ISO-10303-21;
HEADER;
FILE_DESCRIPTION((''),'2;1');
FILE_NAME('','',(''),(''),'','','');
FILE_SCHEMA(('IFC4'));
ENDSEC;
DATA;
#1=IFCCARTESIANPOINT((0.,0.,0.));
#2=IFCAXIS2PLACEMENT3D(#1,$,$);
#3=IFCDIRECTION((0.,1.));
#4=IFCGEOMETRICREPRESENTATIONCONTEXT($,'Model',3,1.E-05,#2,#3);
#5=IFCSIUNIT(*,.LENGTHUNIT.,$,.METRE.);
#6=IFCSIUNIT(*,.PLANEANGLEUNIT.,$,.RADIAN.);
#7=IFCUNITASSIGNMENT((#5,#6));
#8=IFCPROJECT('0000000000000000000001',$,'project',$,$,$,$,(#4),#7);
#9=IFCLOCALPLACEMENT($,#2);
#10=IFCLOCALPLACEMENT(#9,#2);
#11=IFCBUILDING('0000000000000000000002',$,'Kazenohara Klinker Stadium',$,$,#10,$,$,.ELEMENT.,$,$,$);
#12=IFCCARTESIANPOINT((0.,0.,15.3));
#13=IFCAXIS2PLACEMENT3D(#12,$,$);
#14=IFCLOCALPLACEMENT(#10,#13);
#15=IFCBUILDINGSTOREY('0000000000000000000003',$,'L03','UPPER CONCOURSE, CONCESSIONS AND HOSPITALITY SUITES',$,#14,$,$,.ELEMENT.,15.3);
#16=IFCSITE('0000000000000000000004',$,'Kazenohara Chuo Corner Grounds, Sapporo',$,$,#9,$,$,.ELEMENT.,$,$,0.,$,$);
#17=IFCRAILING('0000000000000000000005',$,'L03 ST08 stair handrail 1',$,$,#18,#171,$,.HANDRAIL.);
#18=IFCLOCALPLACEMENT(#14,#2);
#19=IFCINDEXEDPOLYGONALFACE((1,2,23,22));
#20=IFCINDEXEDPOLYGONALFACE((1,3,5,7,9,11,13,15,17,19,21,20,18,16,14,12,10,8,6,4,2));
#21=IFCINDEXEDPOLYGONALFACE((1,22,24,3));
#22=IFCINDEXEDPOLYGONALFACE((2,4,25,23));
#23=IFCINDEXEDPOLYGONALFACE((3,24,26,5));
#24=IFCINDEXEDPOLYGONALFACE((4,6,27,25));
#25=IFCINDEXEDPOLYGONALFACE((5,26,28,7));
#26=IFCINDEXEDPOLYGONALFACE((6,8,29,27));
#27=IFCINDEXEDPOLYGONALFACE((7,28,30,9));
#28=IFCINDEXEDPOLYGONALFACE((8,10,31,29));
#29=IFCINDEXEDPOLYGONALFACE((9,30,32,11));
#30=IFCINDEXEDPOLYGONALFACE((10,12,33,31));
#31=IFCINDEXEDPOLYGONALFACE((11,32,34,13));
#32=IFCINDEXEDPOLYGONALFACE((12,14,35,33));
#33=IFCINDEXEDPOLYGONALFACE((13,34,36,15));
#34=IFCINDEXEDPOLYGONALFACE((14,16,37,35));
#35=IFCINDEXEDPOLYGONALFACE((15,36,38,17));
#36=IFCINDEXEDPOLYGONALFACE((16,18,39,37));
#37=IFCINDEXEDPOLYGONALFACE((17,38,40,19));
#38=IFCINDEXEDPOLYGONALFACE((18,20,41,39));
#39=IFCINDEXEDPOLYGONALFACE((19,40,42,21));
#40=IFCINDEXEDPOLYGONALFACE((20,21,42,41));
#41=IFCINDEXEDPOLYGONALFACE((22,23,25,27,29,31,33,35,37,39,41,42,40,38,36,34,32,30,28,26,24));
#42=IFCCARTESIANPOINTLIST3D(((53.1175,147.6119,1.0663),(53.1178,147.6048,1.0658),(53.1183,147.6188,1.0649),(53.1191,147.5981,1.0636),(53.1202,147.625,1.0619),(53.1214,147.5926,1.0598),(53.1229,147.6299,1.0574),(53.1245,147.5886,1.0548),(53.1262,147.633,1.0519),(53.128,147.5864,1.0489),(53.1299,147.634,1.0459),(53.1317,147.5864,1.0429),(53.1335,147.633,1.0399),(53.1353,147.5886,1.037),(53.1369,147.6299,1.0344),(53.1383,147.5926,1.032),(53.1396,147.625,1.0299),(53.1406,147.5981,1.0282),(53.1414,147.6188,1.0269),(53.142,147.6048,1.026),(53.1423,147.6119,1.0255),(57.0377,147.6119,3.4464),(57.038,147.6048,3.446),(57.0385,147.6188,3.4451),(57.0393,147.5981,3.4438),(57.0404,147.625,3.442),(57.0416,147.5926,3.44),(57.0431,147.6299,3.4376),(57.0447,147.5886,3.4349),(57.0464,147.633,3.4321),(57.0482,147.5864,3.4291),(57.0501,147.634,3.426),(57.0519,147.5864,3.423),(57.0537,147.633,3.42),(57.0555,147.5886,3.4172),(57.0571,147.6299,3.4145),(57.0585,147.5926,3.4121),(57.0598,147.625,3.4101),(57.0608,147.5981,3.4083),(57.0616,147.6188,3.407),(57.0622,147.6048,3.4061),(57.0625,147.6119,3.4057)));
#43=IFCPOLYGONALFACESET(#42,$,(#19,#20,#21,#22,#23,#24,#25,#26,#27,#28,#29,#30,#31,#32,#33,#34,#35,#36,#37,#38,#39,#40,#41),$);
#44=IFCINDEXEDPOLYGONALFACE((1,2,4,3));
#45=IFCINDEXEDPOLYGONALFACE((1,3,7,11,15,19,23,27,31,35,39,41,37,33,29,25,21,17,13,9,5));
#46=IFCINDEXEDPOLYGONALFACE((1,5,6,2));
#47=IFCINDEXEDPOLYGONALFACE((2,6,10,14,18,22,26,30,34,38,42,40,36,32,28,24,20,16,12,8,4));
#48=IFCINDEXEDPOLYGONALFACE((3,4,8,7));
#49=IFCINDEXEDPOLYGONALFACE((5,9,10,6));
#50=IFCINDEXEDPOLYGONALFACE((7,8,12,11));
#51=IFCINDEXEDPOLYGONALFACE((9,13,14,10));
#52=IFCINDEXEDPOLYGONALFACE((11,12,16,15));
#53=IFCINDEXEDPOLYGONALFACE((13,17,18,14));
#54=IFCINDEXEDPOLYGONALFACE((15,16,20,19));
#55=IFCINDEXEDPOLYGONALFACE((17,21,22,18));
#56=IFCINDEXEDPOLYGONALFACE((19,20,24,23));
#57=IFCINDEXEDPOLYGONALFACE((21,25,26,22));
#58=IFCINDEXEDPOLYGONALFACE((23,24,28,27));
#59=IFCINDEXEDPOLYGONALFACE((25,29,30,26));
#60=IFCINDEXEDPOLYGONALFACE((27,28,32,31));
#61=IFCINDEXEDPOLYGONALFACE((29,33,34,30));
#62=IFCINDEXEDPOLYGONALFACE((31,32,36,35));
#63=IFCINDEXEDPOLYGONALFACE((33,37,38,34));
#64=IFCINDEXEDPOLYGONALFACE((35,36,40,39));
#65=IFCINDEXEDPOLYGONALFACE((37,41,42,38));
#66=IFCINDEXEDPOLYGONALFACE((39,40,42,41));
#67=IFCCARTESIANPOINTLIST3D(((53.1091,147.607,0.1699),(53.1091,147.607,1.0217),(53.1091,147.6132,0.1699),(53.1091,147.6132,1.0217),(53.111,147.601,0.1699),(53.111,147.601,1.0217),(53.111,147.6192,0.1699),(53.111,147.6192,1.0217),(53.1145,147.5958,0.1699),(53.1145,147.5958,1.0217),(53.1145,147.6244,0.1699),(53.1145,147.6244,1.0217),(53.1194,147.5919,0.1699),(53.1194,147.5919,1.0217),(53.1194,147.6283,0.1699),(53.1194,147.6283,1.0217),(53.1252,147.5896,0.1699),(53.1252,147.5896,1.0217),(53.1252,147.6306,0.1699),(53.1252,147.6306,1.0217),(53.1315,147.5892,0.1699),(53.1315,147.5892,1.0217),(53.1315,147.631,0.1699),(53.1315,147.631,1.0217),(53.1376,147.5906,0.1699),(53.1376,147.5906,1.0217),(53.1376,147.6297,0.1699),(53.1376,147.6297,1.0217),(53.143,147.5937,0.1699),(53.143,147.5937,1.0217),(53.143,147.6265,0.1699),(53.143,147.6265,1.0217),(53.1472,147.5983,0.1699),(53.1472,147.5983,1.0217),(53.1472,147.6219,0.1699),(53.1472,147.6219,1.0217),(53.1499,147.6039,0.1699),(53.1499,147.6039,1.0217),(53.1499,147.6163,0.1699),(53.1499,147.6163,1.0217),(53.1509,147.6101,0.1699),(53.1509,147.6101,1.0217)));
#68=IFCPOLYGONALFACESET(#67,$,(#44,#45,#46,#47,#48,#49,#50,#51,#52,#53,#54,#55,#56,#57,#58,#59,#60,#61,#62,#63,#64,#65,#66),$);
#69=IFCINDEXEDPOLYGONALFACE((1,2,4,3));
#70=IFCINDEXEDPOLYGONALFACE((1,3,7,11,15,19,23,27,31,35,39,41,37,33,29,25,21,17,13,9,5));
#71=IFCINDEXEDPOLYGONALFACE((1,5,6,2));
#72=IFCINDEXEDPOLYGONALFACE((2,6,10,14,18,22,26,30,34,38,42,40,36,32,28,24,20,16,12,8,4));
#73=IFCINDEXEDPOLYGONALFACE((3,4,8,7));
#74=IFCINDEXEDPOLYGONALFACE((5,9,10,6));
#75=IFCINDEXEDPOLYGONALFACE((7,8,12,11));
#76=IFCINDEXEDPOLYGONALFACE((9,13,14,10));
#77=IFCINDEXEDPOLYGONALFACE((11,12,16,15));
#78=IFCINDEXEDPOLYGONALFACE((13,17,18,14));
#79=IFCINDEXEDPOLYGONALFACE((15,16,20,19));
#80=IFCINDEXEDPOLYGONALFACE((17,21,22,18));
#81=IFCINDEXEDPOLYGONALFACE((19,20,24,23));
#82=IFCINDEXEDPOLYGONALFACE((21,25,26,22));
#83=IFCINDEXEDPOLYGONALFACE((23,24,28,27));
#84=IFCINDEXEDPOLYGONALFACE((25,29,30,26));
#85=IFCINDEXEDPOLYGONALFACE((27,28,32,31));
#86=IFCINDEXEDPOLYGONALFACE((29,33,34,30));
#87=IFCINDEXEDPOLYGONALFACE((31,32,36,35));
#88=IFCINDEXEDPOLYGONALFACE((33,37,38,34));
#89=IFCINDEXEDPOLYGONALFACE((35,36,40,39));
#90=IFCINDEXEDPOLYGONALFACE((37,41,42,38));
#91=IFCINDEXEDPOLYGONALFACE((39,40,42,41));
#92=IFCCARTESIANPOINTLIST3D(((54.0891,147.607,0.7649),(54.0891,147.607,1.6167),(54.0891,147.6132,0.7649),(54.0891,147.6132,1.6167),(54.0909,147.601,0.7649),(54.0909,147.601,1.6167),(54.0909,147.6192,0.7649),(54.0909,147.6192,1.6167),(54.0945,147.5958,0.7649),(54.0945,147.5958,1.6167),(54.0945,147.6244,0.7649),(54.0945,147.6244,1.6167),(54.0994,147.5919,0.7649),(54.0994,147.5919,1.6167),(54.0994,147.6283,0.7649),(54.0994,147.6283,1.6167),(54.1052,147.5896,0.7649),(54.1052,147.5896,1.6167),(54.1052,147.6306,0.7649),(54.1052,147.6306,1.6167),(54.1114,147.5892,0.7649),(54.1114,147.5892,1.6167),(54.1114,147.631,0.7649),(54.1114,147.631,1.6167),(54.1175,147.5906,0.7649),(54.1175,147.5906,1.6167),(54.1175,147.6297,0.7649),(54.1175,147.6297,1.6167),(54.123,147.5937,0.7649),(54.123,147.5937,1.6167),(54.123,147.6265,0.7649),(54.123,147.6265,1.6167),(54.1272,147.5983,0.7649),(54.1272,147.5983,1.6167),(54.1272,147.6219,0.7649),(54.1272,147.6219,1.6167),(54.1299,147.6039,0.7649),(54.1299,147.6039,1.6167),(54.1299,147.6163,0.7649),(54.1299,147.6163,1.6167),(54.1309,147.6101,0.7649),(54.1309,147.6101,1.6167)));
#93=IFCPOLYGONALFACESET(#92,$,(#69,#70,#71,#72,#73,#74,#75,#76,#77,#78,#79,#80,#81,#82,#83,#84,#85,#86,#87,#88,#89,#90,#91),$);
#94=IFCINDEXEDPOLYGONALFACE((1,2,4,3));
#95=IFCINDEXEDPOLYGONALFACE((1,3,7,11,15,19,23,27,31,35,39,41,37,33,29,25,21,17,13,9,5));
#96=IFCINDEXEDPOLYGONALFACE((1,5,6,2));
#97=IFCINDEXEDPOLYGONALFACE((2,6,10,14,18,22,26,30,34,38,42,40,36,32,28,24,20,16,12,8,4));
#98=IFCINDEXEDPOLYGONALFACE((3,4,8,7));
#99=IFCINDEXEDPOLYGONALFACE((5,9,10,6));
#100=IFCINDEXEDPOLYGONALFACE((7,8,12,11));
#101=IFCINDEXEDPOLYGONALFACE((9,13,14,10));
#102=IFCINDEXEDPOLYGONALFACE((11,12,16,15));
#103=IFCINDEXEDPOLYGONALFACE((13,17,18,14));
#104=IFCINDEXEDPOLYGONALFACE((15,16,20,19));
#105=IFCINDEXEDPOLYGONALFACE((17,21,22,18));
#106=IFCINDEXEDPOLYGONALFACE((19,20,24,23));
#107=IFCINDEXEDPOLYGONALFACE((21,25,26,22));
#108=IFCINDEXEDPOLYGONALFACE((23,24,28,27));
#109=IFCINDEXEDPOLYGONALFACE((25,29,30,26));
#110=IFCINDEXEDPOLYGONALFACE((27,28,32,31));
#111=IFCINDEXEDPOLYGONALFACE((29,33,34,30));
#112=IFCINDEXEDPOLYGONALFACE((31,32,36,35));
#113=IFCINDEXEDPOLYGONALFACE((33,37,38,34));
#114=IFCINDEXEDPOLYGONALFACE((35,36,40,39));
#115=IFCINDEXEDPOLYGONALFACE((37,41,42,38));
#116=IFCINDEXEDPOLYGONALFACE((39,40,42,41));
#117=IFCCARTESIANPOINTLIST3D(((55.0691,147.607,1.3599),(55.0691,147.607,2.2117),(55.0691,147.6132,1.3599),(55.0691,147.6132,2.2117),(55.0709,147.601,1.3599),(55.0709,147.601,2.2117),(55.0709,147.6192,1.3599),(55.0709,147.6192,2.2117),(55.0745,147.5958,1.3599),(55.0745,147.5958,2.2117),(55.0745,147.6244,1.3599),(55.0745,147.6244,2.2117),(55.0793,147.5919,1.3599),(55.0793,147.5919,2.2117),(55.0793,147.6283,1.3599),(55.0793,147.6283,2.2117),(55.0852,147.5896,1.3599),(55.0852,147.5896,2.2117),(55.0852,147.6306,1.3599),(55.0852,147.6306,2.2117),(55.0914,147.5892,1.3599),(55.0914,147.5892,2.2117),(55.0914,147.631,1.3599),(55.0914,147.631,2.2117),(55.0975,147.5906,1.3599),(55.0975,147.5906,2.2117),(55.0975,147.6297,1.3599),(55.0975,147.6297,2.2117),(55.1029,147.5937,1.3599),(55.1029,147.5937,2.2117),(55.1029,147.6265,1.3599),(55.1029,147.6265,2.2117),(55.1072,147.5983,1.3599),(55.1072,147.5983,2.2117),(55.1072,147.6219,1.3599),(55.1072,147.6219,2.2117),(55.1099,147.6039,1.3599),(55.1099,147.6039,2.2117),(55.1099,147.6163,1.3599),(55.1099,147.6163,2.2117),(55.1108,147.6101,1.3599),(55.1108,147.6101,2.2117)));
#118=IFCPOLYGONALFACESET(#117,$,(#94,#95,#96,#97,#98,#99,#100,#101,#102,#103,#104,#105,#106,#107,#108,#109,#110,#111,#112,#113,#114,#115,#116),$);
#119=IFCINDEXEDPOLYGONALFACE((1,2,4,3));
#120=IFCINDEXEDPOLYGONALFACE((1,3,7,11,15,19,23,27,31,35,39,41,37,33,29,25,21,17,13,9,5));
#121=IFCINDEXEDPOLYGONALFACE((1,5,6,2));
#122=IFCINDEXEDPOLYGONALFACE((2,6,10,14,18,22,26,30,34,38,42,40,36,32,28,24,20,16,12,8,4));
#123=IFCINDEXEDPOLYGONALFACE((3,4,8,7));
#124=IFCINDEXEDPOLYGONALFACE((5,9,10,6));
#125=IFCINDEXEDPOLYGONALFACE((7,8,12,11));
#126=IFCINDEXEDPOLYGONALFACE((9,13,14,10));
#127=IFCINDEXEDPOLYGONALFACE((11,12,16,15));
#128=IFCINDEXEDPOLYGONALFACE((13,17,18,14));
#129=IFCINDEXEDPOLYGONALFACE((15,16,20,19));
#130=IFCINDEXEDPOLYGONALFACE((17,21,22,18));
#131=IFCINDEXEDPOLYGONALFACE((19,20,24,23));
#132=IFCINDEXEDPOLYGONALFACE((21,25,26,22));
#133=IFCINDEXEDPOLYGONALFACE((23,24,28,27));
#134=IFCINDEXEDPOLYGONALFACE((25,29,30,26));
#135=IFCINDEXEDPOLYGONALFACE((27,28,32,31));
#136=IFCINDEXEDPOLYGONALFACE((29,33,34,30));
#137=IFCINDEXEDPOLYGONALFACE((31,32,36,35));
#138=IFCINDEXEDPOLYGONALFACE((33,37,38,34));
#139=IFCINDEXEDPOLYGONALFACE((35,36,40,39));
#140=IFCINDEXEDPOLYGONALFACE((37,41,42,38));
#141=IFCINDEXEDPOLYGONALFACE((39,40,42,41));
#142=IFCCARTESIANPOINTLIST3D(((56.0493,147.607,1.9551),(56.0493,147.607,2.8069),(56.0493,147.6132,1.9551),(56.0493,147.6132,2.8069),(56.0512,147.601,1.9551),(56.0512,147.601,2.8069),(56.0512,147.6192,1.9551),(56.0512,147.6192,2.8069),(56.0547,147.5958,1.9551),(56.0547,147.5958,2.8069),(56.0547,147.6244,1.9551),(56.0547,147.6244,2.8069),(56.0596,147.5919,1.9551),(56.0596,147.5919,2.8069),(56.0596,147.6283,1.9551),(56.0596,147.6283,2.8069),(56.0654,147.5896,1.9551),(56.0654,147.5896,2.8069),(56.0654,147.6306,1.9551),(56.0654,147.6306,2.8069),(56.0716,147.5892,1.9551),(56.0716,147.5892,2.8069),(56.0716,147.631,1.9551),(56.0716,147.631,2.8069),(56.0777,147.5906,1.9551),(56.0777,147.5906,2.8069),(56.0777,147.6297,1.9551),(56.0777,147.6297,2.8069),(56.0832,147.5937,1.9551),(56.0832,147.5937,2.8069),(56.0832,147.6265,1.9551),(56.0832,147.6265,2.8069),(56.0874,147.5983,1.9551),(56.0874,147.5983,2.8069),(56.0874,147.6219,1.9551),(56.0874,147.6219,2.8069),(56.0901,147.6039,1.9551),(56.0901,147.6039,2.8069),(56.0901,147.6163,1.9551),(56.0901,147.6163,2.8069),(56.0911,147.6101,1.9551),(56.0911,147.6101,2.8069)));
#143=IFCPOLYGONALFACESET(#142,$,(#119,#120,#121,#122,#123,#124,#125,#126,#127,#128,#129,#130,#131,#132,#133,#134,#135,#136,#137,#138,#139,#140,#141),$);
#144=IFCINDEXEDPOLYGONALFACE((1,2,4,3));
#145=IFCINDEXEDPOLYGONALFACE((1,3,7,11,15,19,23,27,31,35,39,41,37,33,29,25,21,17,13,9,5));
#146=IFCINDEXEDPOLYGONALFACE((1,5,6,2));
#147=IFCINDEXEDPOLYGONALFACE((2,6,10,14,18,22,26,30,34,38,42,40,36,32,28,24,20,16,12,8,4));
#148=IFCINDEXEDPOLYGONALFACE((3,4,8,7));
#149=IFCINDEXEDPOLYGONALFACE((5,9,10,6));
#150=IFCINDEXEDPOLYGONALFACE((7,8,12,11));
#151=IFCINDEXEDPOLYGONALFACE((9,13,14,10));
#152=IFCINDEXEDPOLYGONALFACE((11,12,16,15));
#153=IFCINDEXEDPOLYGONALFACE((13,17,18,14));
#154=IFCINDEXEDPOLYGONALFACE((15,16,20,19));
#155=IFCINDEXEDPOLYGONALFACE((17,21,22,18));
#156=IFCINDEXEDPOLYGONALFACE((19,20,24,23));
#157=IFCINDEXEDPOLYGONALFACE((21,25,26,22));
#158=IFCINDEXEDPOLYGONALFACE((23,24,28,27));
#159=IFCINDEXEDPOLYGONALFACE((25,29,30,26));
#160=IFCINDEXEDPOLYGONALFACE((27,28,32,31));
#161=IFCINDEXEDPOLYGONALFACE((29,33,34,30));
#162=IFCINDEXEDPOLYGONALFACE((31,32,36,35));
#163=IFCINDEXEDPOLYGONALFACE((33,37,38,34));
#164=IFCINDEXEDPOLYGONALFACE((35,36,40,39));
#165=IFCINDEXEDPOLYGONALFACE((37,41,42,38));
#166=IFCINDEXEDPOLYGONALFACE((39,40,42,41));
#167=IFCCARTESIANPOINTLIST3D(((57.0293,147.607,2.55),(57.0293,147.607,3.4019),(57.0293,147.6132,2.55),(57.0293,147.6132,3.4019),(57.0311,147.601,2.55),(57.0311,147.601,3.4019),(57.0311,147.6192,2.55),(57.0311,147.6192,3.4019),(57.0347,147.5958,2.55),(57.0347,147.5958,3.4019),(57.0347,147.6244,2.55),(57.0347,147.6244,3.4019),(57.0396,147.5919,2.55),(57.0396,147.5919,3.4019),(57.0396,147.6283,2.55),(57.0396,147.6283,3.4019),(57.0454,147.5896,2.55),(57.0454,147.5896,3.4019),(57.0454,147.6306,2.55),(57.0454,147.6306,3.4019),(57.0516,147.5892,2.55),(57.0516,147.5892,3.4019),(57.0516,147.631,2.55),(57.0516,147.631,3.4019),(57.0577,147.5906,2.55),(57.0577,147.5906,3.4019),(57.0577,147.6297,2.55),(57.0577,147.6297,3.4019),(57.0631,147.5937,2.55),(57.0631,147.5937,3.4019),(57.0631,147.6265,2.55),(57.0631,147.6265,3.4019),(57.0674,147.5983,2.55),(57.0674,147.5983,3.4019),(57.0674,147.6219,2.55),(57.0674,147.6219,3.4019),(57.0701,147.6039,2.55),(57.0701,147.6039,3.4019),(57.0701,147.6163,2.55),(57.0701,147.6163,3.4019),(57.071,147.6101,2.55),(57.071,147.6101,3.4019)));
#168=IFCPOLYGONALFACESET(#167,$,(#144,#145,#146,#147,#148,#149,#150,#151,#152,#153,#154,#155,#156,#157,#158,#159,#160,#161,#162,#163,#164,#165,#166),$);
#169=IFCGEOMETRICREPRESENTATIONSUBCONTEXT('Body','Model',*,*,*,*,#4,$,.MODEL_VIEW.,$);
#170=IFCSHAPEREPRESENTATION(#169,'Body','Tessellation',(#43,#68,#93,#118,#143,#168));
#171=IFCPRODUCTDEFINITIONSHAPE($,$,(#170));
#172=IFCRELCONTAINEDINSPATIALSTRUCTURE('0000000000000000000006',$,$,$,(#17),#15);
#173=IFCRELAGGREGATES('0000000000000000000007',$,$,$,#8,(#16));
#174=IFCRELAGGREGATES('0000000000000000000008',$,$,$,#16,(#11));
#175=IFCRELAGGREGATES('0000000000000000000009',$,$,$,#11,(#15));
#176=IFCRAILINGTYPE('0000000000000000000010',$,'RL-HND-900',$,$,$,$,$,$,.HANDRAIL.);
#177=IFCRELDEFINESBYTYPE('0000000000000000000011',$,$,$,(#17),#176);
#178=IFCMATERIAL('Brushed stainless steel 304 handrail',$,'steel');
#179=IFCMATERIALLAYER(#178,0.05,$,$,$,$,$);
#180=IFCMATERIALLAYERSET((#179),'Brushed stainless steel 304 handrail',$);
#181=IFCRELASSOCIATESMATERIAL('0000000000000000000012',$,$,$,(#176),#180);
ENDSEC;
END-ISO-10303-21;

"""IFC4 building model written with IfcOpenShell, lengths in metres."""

from ifc_helpers import new_model, si_unit, direction, frame, origin, origin_2d, place, context, subcontext, project, spatial, circle, extrude, material, layer, layer_set, type_object, element, save


model = new_model("IFC4")

# Units and contexts
model_context = context("Model", 3, precision=1e-05, world=origin(), true_north=direction((0.0, 1.0)))
body_context = subcontext(model_context, "Body", "Model", "MODEL_VIEW")
ifc_project = project(units=[si_unit("LENGTHUNIT", "METRE"), si_unit("PLANEANGLEUNIT", "RADIAN")], contexts=[model_context])

# Site, building, storey
site_placement = place(None, origin())
site = spatial("IfcSite", under=ifc_project, at=site_placement, Name="Kazenohara Chuo Corner Grounds, Sapporo", CompositionType="ELEMENT", RefElevation=0.0)
building_placement = place(site_placement, origin())
building = spatial("IfcBuilding", under=site, at=building_placement, Name="Kazenohara Klinker Stadium", CompositionType="ELEMENT")
storey_placement = place(building_placement, frame((0.0, 0.0, 15.3)))
storey = spatial("IfcBuildingStorey", under=building, at=storey_placement, Name="L03", Description="UPPER CONCOURSE, CONCESSIONS AND HOSPITALITY SUITES", CompositionType="ELEMENT", Elevation=15.3)

# Railing
ifc_material_1 = material(Name="Brushed stainless steel 304 handrail", Category="steel")
ifc_layer_1 = layer(ifc_material_1, 0.05)
ifc_layer_set_1 = layer_set([ifc_layer_1], Name="Brushed stainless steel 304 handrail")
railing_type_1 = type_object("IfcRailingType", Name="RL-HND-900", PredefinedType="HANDRAIL", material=ifc_layer_set_1)
railing_1_placement = place(storey_placement, frame((53.1299, 147.6101, 0.1699)))
element("IfcRailing", 1, at=railing_1_placement, inside=storey, type_object=railing_type_1, Name="L03 ST08 stair handrail 1", PredefinedType="HANDRAIL", context=body_context, shape_type="SweptSolid", body=[
    extrude(circle(Radius=0.0239, at=origin_2d()), frame((0.0, 0.0, 0.876), z_axis=(0.854785, 0.0, 0.518982), x_axis=(0.0, 1.0, 0.0)), (0.0, 0.0, 1.0), 4.5862),
    extrude(circle(Radius=0.021, at=origin_2d()), origin(), (0.0, 0.0, 1.0), 0.8518),
    extrude(circle(Radius=0.021, at=origin_2d()), frame((0.98, 0.0, 0.595)), (0.0, 0.0, 1.0), 0.8518),
    extrude(circle(Radius=0.021, at=origin_2d()), frame((1.96, 0.0, 1.1899)), (0.0, 0.0, 1.0), 0.8518),
    extrude(circle(Radius=0.021, at=origin_2d()), frame((2.9402, 0.0, 1.7852)), (0.0, 0.0, 1.0), 0.8518),
    extrude(circle(Radius=0.021, at=origin_2d()), frame((3.9202, 0.0, 2.3801)), (0.0, 0.0, 1.0), 0.8518),
])

save(model, "model.ifc")
